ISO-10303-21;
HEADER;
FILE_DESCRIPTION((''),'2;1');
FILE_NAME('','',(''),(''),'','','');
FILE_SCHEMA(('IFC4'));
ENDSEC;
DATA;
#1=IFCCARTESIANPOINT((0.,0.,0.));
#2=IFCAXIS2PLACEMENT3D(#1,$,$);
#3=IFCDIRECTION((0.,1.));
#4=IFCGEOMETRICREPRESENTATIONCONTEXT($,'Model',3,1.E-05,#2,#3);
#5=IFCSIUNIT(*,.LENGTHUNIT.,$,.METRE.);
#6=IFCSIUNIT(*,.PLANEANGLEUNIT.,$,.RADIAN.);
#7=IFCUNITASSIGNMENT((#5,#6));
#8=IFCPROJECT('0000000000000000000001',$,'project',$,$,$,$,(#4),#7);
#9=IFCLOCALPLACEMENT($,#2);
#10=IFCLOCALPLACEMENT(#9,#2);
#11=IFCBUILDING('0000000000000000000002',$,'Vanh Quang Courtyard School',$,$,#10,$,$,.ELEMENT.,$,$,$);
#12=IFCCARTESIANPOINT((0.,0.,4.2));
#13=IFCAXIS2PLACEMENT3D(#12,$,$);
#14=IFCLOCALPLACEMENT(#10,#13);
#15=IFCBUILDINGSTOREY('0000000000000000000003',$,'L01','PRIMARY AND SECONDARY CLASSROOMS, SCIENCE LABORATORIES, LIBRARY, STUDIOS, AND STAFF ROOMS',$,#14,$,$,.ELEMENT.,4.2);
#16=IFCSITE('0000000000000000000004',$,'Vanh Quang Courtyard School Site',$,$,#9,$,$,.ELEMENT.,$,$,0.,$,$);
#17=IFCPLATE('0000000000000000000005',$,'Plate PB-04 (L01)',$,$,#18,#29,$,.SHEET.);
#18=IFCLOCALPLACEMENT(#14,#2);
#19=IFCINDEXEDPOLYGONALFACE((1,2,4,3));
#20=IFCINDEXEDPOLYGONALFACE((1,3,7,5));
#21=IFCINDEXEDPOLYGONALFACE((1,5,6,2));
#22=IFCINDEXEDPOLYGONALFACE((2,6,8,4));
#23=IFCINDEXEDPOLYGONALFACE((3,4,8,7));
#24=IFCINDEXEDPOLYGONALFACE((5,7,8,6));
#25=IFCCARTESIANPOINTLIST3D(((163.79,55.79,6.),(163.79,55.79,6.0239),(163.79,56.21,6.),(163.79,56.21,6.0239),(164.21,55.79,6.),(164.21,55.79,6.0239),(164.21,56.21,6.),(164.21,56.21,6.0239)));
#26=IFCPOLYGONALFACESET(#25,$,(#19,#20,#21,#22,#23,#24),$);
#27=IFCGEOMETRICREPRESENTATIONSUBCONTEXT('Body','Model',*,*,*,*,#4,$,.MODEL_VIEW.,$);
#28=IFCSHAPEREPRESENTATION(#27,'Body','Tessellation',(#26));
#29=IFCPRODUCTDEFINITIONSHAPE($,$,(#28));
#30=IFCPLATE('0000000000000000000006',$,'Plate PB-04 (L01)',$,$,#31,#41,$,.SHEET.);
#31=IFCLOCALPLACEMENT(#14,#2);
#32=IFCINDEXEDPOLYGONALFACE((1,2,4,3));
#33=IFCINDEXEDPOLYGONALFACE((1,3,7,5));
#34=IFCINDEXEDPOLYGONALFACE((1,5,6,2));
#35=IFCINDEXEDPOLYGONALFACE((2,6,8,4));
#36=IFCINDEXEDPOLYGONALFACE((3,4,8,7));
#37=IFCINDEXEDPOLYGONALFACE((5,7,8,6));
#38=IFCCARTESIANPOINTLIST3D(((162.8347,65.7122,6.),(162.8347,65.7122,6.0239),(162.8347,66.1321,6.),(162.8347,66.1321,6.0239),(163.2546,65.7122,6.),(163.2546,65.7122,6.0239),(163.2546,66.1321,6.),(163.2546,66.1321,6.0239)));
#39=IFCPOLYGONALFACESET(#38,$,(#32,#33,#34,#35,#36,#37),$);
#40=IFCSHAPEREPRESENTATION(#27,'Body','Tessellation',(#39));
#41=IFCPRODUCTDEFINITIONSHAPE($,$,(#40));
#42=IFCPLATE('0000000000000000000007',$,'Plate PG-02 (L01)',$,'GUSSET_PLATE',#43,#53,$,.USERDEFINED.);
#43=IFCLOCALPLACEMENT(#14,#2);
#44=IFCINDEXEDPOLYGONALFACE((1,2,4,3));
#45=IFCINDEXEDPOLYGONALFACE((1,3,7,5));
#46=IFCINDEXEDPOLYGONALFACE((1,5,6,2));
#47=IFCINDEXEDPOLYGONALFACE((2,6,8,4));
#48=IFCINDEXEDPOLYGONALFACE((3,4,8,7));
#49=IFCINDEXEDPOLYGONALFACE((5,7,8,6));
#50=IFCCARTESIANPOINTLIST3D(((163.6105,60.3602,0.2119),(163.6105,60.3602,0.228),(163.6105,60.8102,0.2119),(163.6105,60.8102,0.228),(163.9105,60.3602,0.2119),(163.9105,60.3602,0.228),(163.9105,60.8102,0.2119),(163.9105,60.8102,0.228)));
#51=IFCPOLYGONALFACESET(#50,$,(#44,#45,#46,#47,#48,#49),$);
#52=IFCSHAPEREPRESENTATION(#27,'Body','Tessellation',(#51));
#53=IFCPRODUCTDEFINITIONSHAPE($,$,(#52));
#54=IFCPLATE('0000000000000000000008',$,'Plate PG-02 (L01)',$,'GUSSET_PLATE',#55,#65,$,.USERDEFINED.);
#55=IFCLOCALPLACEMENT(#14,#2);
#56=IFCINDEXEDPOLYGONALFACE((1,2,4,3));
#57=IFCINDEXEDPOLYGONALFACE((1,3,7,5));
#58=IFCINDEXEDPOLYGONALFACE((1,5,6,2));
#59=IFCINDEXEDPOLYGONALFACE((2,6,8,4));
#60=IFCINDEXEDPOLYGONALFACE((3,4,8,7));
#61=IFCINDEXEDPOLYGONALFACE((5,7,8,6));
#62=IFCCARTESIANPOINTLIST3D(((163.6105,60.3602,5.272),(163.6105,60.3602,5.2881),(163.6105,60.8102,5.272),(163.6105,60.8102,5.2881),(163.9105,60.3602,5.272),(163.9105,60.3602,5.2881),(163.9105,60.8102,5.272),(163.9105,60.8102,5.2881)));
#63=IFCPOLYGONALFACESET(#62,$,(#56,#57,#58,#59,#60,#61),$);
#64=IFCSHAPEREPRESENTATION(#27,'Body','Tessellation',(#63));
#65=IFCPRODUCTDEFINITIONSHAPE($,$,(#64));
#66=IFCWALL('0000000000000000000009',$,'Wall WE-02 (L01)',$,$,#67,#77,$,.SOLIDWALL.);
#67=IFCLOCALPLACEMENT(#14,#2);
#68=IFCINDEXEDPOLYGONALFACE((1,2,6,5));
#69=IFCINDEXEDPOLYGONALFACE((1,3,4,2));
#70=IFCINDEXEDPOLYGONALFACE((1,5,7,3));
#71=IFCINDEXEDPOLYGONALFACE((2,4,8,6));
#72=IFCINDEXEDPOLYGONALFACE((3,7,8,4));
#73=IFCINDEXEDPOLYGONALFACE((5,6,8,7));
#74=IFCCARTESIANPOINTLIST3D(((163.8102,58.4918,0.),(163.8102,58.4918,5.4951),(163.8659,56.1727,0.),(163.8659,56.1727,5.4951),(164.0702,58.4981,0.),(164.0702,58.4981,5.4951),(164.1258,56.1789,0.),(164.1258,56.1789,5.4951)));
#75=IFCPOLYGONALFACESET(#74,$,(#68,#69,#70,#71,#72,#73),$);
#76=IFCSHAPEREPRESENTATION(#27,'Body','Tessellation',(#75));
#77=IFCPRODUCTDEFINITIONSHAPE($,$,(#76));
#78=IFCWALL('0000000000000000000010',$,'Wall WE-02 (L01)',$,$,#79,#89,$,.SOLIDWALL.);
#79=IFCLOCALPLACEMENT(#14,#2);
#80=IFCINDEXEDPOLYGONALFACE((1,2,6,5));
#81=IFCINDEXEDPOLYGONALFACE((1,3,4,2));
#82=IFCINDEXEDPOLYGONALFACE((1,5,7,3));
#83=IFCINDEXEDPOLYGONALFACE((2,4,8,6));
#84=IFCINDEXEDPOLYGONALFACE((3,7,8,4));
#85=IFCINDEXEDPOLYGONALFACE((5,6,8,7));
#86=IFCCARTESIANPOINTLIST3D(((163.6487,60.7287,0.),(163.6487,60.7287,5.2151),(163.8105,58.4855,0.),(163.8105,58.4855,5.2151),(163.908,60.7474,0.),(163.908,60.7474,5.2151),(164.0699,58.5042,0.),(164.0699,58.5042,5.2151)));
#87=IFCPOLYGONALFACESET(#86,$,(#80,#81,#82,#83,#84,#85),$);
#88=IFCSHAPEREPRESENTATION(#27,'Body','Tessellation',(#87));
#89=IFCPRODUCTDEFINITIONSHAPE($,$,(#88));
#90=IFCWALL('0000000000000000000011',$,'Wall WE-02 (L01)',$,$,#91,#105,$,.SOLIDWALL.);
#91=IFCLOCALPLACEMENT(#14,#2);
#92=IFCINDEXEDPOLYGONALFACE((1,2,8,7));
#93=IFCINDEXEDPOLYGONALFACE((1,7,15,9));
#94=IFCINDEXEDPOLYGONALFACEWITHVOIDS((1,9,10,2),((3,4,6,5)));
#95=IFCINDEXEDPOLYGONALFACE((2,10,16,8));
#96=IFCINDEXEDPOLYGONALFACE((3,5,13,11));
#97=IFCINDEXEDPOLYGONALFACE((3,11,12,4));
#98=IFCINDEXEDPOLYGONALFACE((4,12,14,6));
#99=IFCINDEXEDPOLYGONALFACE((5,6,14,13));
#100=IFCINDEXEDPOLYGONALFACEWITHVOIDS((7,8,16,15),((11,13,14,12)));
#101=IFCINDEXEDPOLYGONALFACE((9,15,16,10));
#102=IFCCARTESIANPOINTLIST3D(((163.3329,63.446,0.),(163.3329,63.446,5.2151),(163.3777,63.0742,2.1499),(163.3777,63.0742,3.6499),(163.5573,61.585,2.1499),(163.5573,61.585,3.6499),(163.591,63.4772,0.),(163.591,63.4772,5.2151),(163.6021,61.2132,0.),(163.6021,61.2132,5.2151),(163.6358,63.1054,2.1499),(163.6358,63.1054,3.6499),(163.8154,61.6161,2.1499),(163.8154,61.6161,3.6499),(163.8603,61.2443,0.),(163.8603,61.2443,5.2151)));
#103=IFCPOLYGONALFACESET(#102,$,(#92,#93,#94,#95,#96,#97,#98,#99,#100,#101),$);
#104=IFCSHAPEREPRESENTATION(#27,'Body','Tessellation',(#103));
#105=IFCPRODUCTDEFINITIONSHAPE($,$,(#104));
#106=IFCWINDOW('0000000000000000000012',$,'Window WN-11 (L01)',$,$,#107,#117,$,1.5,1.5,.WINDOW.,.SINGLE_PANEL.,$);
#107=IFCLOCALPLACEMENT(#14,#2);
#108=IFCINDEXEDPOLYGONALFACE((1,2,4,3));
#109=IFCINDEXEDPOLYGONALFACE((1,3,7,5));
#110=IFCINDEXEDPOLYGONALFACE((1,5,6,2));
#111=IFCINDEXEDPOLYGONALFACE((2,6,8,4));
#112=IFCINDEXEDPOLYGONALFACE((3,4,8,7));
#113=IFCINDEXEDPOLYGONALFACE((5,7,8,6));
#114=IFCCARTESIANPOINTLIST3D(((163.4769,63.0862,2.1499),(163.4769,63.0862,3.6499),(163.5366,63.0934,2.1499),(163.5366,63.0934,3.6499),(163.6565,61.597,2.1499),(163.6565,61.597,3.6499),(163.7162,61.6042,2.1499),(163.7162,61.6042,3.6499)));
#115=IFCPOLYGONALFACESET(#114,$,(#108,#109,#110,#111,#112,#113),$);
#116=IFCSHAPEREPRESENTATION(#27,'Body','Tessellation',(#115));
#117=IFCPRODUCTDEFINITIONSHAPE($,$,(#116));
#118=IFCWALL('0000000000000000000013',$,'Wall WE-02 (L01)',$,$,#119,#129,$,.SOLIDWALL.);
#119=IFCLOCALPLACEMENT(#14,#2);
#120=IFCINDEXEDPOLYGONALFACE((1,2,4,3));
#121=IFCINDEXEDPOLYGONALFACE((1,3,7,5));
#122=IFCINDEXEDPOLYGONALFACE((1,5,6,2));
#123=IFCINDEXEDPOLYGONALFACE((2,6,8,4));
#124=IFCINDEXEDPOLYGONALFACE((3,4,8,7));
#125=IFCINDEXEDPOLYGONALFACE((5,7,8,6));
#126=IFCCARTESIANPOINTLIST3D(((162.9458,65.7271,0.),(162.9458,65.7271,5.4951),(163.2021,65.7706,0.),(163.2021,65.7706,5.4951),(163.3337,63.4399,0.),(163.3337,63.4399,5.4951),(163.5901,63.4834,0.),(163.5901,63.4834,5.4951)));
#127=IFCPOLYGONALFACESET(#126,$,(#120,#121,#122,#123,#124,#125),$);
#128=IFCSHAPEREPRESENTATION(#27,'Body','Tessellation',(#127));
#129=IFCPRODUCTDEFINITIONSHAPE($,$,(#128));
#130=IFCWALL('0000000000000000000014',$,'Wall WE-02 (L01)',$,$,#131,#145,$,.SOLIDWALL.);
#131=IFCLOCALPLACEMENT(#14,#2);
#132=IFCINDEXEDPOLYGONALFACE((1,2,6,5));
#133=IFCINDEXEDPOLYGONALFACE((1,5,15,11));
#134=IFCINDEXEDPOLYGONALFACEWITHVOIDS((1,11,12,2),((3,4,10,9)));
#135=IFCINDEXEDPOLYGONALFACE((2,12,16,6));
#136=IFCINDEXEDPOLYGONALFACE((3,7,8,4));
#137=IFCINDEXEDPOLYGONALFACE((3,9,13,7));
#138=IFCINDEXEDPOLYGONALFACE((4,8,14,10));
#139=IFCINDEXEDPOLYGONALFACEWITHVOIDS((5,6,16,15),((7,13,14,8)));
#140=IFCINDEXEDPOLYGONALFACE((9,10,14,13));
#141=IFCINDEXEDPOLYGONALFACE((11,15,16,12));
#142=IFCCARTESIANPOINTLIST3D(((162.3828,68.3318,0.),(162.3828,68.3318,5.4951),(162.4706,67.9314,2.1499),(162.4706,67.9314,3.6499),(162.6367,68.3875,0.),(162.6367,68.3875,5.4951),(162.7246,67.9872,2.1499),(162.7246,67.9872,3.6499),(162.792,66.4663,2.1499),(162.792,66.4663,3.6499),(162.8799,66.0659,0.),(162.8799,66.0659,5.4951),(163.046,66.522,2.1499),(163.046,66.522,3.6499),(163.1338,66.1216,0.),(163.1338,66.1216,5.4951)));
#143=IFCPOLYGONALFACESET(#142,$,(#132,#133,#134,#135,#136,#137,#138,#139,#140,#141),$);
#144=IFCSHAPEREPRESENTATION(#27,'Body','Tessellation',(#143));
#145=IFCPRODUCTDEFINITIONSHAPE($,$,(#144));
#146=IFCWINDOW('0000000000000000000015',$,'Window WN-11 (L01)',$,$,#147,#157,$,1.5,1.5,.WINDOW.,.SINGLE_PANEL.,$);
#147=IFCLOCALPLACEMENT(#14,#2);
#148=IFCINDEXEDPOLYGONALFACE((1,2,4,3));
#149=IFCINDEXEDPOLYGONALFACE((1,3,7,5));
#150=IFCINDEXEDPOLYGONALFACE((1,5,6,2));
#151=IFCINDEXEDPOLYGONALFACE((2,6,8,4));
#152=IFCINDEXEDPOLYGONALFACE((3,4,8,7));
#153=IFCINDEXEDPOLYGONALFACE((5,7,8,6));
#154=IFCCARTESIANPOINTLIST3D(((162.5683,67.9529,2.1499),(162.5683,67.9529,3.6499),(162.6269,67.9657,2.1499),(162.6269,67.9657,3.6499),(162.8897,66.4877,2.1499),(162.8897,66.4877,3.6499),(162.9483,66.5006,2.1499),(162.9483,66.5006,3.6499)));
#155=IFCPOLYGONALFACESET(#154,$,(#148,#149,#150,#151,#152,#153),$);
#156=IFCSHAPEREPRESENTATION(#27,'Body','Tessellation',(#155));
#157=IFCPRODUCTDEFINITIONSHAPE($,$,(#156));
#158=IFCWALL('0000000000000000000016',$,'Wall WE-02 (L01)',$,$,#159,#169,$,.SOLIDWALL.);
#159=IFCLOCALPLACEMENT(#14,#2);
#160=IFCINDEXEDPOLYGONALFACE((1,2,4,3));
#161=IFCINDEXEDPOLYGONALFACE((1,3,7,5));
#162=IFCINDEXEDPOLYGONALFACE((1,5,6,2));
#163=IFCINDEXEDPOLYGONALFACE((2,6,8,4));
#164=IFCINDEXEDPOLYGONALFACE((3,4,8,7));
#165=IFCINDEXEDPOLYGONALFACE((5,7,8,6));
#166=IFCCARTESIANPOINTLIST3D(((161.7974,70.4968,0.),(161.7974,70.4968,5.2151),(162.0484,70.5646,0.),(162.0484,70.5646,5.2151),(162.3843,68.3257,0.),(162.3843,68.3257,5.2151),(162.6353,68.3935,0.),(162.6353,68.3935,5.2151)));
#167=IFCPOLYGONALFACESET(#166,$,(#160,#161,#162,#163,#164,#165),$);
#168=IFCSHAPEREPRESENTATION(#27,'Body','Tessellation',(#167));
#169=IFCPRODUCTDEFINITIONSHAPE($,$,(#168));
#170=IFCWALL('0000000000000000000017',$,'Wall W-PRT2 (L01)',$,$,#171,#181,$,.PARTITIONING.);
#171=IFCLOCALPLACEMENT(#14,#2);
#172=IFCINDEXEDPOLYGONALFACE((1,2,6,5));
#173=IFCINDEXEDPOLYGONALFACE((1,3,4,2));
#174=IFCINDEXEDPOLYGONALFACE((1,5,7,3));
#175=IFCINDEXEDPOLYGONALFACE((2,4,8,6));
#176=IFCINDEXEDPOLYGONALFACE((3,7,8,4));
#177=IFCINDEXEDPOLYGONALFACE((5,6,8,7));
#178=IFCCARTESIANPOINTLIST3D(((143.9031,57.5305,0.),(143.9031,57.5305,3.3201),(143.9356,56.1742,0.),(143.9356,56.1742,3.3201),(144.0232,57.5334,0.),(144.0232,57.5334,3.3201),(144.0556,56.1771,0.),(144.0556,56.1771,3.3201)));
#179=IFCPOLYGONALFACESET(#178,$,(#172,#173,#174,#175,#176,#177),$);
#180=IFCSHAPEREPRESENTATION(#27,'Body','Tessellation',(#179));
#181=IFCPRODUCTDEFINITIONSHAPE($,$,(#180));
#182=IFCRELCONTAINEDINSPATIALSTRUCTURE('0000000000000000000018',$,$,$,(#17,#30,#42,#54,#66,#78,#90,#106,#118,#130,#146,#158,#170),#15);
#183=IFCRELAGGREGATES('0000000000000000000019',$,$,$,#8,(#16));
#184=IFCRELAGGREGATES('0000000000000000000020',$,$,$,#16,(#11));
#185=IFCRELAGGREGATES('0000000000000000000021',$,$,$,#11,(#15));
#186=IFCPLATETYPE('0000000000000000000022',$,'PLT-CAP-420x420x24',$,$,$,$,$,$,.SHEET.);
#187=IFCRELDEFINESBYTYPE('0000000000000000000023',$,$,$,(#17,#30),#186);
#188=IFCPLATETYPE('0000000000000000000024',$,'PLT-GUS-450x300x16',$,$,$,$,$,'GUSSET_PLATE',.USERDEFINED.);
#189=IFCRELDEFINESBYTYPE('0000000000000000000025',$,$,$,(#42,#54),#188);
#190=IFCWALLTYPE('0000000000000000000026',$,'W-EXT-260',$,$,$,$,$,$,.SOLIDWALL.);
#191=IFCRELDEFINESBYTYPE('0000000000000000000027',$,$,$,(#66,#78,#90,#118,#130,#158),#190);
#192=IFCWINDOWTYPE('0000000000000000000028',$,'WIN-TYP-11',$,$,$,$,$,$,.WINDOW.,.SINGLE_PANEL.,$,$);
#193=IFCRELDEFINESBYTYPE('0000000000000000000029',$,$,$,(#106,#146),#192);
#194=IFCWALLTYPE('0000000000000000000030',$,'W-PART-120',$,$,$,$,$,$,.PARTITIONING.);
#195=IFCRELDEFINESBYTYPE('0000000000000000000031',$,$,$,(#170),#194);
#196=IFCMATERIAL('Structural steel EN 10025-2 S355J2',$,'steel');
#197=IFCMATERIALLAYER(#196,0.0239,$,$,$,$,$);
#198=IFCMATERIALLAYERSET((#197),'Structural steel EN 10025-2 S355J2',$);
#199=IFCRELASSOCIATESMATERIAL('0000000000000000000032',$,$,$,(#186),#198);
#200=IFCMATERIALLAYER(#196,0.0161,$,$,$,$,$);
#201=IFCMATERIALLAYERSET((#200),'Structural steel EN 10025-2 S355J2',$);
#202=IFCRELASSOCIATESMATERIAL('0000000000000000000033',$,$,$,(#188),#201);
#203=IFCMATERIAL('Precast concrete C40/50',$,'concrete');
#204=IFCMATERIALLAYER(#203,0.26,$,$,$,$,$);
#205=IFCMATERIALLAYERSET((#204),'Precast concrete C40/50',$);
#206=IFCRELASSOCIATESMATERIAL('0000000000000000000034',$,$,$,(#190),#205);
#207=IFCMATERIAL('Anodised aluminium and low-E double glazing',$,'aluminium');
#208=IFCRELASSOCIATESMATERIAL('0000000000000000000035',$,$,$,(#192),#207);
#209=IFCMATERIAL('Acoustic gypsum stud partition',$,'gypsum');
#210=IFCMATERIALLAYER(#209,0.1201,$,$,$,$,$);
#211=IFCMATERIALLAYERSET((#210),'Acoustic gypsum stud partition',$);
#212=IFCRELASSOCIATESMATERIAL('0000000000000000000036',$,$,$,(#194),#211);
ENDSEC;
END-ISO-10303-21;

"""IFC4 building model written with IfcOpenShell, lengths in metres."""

from ifc_helpers import new_model, si_unit, direction, frame, frame_2d, origin, origin_2d, place, context, subcontext, project, spatial, rectangle, extrude, material, layer, layer_set, type_object, element, fill, save


model = new_model("IFC4")

# Units and contexts
model_context = context("Model", 3, precision=1e-05, world=origin(), true_north=direction((0.0, 1.0)))
body_context = subcontext(model_context, "Body", "Model", "MODEL_VIEW")
ifc_project = project(units=[si_unit("LENGTHUNIT", "METRE"), si_unit("PLANEANGLEUNIT", "RADIAN")], contexts=[model_context])

# Site, building, storey
site_placement = place(None, origin())
site = spatial("IfcSite", under=ifc_project, at=site_placement, Name="Vanh Quang Courtyard School Site", CompositionType="ELEMENT", RefElevation=0.0)
building_placement = place(site_placement, origin())
building = spatial("IfcBuilding", under=site, at=building_placement, Name="Vanh Quang Courtyard School", CompositionType="ELEMENT")
storey_placement = place(building_placement, frame((0.0, 0.0, 4.2)))
storey = spatial("IfcBuildingStorey", under=building, at=storey_placement, Name="L01", Description="PRIMARY AND SECONDARY CLASSROOMS, SCIENCE LABORATORIES, LIBRARY, STUDIOS, AND STAFF ROOMS", CompositionType="ELEMENT", Elevation=4.2)

# Shared definitions
ifc_material_1 = material(Name="Structural steel EN 10025-2 S355J2", Category="steel")

# Plates
ifc_layer_1 = layer(ifc_material_1, 0.0239)
ifc_layer_set_1 = layer_set([ifc_layer_1], Name="Structural steel EN 10025-2 S355J2")
plate_type_1 = type_object("IfcPlateType", Name="PLT-CAP-420x420x24", PredefinedType="SHEET", material=ifc_layer_set_1)
for number, where, z_axis, x_axis, name in (
    (1, (164.0, 56.0, 6.0), (0.0, 0.0, 1.0), (1.0, 0.0, 0.0), "Plate PB-04 (L01)"),
    (2, (163.0447, 65.9221, 6.0), (0.0, 0.0, 1.0), (1.0, 0.0, 0.0), "Plate PB-04 (L01)"),
):
    element("IfcPlate", number, at=place(storey_placement, frame(where, z_axis=z_axis, x_axis=x_axis)), inside=storey, type_object=plate_type_1, Name=name, PredefinedType="SHEET", context=body_context, shape_type="SweptSolid", body=[
        extrude(rectangle(XDim=0.4199, YDim=0.4199, at=origin_2d()), origin(), (0.0, 0.0, 1.0), 0.0239),
    ])
ifc_layer_2 = layer(ifc_material_1, 0.0161)
ifc_layer_set_2 = layer_set([ifc_layer_2], Name="Structural steel EN 10025-2 S355J2")
plate_type_2 = type_object("IfcPlateType", Name="PLT-GUS-450x300x16", ElementType="GUSSET_PLATE", PredefinedType="USERDEFINED", material=ifc_layer_set_2)
for number, where, z_axis, x_axis, name in (
    (3, (163.7605, 60.5852, 0.2119), (0.0, 0.0, 1.0), (0.0, 1.0, 0.0), "Plate PG-02 (L01)"),
    (4, (163.7605, 60.5852, 5.272), (0.0, 0.0, 1.0), (0.0, 1.0, 0.0), "Plate PG-02 (L01)"),
):
    element("IfcPlate", number, at=place(storey_placement, frame(where, z_axis=z_axis, x_axis=x_axis)), inside=storey, type_object=plate_type_2, Name=name, ObjectType="GUSSET_PLATE", PredefinedType="USERDEFINED", context=body_context, shape_type="SweptSolid", body=[
        extrude(rectangle(XDim=0.45, YDim=0.3, at=origin_2d()), origin(), (0.0, 0.0, 1.0), 0.0161),
    ])

# Walls
ifc_material_2 = material(Name="Precast concrete C40/50", Category="concrete")
ifc_layer_3 = layer(ifc_material_2, 0.26)
ifc_layer_set_3 = layer_set([ifc_layer_3], Name="Precast concrete C40/50")
wall_type_1 = type_object("IfcWallType", Name="W-EXT-260", PredefinedType="SOLIDWALL", material=ifc_layer_set_3)
wall_1_placement = place(storey_placement, frame((163.9958, 56.1758, 0.0), z_axis=(0.0, 0.0, 1.0), x_axis=(-0.023996, 0.999712, 0.0)))
element("IfcWall", 5, at=wall_1_placement, inside=storey, type_object=wall_type_1, Name="Wall WE-02 (L01)", PredefinedType="SOLIDWALL", context=body_context, shape_type="SweptSolid", body=[
    extrude(rectangle(XDim=2.3198, YDim=0.26, at=frame_2d((1.1599, 0.0))), origin(), (0.0, 0.0, 1.0), 5.4951),
])
wall_2_placement = place(storey_placement, frame((163.9402, 58.4949, 0.0), z_axis=(0.0, 0.0, 1.0), x_axis=(-0.071972, 0.997407, 0.0)))
element("IfcWall", 6, at=wall_2_placement, inside=storey, type_object=wall_type_1, Name="Wall WE-02 (L01)", PredefinedType="SOLIDWALL", context=body_context, shape_type="SweptSolid", body=[
    extrude(rectangle(XDim=2.249, YDim=0.26, at=frame_2d((1.1245, 0.0))), origin(), (0.0, 0.0, 1.0), 5.2151),
])

# Wall, opening, window
wall_3_placement = place(storey_placement, frame((163.7312, 61.2288, 0.0), z_axis=(0.0, 0.0, 1.0), x_axis=(-0.119732, 0.992806, 0.0)))
wall_3 = element("IfcWall", 7, at=wall_3_placement, inside=storey, type_object=wall_type_1, Name="Wall WE-02 (L01)", PredefinedType="SOLIDWALL", context=body_context, shape_type="SweptSolid", body=[
    extrude(rectangle(XDim=2.249, YDim=0.26, at=frame_2d((1.1245, 0.0))), origin(), (0.0, 0.0, 1.0), 5.2151),
])
opening_1_placement = place(wall_3_placement, frame((0.3745, 0.0, 2.1499)))
opening_1 = element("IfcOpeningElement", 8, at=opening_1_placement, cuts=wall_3, PredefinedType="OPENING", context=body_context, shape_type="SweptSolid", body=[
    extrude(rectangle(XDim=1.5, YDim=1.5, at=frame_2d((0.75, 0.75))), frame((0.0, 0.1401, 0.0), z_axis=(0.0, -1.0, 0.0), x_axis=(1.0, 0.0, 0.0)), (0.0, 0.0, 1.0), 0.28),
])
ifc_material_3 = material(Name="Anodised aluminium and low-E double glazing", Category="aluminium")
window_type = type_object("IfcWindowType", Name="WIN-TYP-11", PartitioningType="SINGLE_PANEL", PredefinedType="WINDOW", material=ifc_material_3)
window_1_placement = place(opening_1_placement, origin())
window_1 = element("IfcWindow", 9, at=window_1_placement, inside=storey, type_object=window_type, Name="Window WN-11 (L01)", OverallHeight=1.5, OverallWidth=1.5, PartitioningType="SINGLE_PANEL", PredefinedType="WINDOW", context=body_context, shape_type="SweptSolid", body=[
    extrude(rectangle(XDim=1.5, YDim=1.5, at=frame_2d((0.75, 0.75))), frame((0.0, 0.03, 0.0), z_axis=(0.0, -1.0, 0.0), x_axis=(1.0, 0.0, 0.0)), (0.0, 0.0, 1.0), 0.0601),
])
fill(opening_1, window_1)

# Wall
wall_4_placement = place(storey_placement, frame((163.4619, 63.4617, 0.0), z_axis=(0.0, 0.0, 1.0), x_axis=(-0.167231, 0.985918, 0.0)))
element("IfcWall", 10, at=wall_4_placement, inside=storey, type_object=wall_type_1, Name="Wall WE-02 (L01)", PredefinedType="SOLIDWALL", context=body_context, shape_type="SweptSolid", body=[
    extrude(rectangle(XDim=2.3198, YDim=0.26, at=frame_2d((1.1599, 0.0))), origin(), (0.0, 0.0, 1.0), 5.4951),
])

# Wall, opening, window
wall_5_placement = place(storey_placement, frame((163.0068, 66.0938, 0.0), z_axis=(0.0, 0.0, 1.0), x_axis=(-0.214277, 0.976773, 0.0)))
wall_5 = element("IfcWall", 11, at=wall_5_placement, inside=storey, type_object=wall_type_1, Name="Wall WE-02 (L01)", PredefinedType="SOLIDWALL", context=body_context, shape_type="SweptSolid", body=[
    extrude(rectangle(XDim=2.3198, YDim=0.26, at=frame_2d((1.1599, 0.0))), origin(), (0.0, 0.0, 1.0), 5.4951),
])
opening_2_placement = place(wall_5_placement, frame((0.4099, 0.0, 2.1499)))
opening_2 = element("IfcOpeningElement", 12, at=opening_2_placement, cuts=wall_5, PredefinedType="OPENING", context=body_context, shape_type="SweptSolid", body=[
    extrude(rectangle(XDim=1.5, YDim=1.5, at=frame_2d((0.75, 0.75))), frame((0.0, 0.1401, 0.0), z_axis=(0.0, -1.0, 0.0), x_axis=(1.0, 0.0, 0.0)), (0.0, 0.0, 1.0), 0.28),
])
window_2_placement = place(opening_2_placement, origin())
window_2 = element("IfcWindow", 13, at=window_2_placement, inside=storey, type_object=window_type, Name="Window WN-11 (L01)", OverallHeight=1.5, OverallWidth=1.5, PartitioningType="SINGLE_PANEL", PredefinedType="WINDOW", context=body_context, shape_type="SweptSolid", body=[
    extrude(rectangle(XDim=1.5, YDim=1.5, at=frame_2d((0.75, 0.75))), frame((0.0, 0.03, 0.0), z_axis=(0.0, -1.0, 0.0), x_axis=(1.0, 0.0, 0.0)), (0.0, 0.0, 1.0), 0.0601),
])
fill(opening_2, window_2)

# Walls
wall_6_placement = place(storey_placement, frame((162.5098, 68.3596, 0.0), z_axis=(0.0, 0.0, 1.0), x_axis=(-0.260958, 0.96535, 0.0)))
element("IfcWall", 14, at=wall_6_placement, inside=storey, type_object=wall_type_1, Name="Wall WE-02 (L01)", PredefinedType="SOLIDWALL", context=body_context, shape_type="SweptSolid", body=[
    extrude(rectangle(XDim=2.249, YDim=0.26, at=frame_2d((1.1245, 0.0))), origin(), (0.0, 0.0, 1.0), 5.2151),
])
ifc_material_4 = material(Name="Acoustic gypsum stud partition", Category="gypsum")
ifc_layer_4 = layer(ifc_material_4, 0.1201)
ifc_layer_set_4 = layer_set([ifc_layer_4], Name="Acoustic gypsum stud partition")
wall_type_2 = type_object("IfcWallType", Name="W-PART-120", PredefinedType="PARTITIONING", material=ifc_layer_set_4)
wall_7_placement = place(storey_placement, frame((143.9956, 56.1758, 0.0), z_axis=(0.0, 0.0, 1.0), x_axis=(-0.023936, 0.999714, 0.0)))
element("IfcWall", 15, at=wall_7_placement, inside=storey, type_object=wall_type_2, Name="Wall W-PRT2 (L01)", PredefinedType="PARTITIONING", context=body_context, shape_type="SweptSolid", body=[
    extrude(rectangle(XDim=1.3567, YDim=0.1201, at=frame_2d((0.6782, 0.0))), origin(), (0.0, 0.0, 1.0), 3.3201),
])

save(model, "model.ifc")
